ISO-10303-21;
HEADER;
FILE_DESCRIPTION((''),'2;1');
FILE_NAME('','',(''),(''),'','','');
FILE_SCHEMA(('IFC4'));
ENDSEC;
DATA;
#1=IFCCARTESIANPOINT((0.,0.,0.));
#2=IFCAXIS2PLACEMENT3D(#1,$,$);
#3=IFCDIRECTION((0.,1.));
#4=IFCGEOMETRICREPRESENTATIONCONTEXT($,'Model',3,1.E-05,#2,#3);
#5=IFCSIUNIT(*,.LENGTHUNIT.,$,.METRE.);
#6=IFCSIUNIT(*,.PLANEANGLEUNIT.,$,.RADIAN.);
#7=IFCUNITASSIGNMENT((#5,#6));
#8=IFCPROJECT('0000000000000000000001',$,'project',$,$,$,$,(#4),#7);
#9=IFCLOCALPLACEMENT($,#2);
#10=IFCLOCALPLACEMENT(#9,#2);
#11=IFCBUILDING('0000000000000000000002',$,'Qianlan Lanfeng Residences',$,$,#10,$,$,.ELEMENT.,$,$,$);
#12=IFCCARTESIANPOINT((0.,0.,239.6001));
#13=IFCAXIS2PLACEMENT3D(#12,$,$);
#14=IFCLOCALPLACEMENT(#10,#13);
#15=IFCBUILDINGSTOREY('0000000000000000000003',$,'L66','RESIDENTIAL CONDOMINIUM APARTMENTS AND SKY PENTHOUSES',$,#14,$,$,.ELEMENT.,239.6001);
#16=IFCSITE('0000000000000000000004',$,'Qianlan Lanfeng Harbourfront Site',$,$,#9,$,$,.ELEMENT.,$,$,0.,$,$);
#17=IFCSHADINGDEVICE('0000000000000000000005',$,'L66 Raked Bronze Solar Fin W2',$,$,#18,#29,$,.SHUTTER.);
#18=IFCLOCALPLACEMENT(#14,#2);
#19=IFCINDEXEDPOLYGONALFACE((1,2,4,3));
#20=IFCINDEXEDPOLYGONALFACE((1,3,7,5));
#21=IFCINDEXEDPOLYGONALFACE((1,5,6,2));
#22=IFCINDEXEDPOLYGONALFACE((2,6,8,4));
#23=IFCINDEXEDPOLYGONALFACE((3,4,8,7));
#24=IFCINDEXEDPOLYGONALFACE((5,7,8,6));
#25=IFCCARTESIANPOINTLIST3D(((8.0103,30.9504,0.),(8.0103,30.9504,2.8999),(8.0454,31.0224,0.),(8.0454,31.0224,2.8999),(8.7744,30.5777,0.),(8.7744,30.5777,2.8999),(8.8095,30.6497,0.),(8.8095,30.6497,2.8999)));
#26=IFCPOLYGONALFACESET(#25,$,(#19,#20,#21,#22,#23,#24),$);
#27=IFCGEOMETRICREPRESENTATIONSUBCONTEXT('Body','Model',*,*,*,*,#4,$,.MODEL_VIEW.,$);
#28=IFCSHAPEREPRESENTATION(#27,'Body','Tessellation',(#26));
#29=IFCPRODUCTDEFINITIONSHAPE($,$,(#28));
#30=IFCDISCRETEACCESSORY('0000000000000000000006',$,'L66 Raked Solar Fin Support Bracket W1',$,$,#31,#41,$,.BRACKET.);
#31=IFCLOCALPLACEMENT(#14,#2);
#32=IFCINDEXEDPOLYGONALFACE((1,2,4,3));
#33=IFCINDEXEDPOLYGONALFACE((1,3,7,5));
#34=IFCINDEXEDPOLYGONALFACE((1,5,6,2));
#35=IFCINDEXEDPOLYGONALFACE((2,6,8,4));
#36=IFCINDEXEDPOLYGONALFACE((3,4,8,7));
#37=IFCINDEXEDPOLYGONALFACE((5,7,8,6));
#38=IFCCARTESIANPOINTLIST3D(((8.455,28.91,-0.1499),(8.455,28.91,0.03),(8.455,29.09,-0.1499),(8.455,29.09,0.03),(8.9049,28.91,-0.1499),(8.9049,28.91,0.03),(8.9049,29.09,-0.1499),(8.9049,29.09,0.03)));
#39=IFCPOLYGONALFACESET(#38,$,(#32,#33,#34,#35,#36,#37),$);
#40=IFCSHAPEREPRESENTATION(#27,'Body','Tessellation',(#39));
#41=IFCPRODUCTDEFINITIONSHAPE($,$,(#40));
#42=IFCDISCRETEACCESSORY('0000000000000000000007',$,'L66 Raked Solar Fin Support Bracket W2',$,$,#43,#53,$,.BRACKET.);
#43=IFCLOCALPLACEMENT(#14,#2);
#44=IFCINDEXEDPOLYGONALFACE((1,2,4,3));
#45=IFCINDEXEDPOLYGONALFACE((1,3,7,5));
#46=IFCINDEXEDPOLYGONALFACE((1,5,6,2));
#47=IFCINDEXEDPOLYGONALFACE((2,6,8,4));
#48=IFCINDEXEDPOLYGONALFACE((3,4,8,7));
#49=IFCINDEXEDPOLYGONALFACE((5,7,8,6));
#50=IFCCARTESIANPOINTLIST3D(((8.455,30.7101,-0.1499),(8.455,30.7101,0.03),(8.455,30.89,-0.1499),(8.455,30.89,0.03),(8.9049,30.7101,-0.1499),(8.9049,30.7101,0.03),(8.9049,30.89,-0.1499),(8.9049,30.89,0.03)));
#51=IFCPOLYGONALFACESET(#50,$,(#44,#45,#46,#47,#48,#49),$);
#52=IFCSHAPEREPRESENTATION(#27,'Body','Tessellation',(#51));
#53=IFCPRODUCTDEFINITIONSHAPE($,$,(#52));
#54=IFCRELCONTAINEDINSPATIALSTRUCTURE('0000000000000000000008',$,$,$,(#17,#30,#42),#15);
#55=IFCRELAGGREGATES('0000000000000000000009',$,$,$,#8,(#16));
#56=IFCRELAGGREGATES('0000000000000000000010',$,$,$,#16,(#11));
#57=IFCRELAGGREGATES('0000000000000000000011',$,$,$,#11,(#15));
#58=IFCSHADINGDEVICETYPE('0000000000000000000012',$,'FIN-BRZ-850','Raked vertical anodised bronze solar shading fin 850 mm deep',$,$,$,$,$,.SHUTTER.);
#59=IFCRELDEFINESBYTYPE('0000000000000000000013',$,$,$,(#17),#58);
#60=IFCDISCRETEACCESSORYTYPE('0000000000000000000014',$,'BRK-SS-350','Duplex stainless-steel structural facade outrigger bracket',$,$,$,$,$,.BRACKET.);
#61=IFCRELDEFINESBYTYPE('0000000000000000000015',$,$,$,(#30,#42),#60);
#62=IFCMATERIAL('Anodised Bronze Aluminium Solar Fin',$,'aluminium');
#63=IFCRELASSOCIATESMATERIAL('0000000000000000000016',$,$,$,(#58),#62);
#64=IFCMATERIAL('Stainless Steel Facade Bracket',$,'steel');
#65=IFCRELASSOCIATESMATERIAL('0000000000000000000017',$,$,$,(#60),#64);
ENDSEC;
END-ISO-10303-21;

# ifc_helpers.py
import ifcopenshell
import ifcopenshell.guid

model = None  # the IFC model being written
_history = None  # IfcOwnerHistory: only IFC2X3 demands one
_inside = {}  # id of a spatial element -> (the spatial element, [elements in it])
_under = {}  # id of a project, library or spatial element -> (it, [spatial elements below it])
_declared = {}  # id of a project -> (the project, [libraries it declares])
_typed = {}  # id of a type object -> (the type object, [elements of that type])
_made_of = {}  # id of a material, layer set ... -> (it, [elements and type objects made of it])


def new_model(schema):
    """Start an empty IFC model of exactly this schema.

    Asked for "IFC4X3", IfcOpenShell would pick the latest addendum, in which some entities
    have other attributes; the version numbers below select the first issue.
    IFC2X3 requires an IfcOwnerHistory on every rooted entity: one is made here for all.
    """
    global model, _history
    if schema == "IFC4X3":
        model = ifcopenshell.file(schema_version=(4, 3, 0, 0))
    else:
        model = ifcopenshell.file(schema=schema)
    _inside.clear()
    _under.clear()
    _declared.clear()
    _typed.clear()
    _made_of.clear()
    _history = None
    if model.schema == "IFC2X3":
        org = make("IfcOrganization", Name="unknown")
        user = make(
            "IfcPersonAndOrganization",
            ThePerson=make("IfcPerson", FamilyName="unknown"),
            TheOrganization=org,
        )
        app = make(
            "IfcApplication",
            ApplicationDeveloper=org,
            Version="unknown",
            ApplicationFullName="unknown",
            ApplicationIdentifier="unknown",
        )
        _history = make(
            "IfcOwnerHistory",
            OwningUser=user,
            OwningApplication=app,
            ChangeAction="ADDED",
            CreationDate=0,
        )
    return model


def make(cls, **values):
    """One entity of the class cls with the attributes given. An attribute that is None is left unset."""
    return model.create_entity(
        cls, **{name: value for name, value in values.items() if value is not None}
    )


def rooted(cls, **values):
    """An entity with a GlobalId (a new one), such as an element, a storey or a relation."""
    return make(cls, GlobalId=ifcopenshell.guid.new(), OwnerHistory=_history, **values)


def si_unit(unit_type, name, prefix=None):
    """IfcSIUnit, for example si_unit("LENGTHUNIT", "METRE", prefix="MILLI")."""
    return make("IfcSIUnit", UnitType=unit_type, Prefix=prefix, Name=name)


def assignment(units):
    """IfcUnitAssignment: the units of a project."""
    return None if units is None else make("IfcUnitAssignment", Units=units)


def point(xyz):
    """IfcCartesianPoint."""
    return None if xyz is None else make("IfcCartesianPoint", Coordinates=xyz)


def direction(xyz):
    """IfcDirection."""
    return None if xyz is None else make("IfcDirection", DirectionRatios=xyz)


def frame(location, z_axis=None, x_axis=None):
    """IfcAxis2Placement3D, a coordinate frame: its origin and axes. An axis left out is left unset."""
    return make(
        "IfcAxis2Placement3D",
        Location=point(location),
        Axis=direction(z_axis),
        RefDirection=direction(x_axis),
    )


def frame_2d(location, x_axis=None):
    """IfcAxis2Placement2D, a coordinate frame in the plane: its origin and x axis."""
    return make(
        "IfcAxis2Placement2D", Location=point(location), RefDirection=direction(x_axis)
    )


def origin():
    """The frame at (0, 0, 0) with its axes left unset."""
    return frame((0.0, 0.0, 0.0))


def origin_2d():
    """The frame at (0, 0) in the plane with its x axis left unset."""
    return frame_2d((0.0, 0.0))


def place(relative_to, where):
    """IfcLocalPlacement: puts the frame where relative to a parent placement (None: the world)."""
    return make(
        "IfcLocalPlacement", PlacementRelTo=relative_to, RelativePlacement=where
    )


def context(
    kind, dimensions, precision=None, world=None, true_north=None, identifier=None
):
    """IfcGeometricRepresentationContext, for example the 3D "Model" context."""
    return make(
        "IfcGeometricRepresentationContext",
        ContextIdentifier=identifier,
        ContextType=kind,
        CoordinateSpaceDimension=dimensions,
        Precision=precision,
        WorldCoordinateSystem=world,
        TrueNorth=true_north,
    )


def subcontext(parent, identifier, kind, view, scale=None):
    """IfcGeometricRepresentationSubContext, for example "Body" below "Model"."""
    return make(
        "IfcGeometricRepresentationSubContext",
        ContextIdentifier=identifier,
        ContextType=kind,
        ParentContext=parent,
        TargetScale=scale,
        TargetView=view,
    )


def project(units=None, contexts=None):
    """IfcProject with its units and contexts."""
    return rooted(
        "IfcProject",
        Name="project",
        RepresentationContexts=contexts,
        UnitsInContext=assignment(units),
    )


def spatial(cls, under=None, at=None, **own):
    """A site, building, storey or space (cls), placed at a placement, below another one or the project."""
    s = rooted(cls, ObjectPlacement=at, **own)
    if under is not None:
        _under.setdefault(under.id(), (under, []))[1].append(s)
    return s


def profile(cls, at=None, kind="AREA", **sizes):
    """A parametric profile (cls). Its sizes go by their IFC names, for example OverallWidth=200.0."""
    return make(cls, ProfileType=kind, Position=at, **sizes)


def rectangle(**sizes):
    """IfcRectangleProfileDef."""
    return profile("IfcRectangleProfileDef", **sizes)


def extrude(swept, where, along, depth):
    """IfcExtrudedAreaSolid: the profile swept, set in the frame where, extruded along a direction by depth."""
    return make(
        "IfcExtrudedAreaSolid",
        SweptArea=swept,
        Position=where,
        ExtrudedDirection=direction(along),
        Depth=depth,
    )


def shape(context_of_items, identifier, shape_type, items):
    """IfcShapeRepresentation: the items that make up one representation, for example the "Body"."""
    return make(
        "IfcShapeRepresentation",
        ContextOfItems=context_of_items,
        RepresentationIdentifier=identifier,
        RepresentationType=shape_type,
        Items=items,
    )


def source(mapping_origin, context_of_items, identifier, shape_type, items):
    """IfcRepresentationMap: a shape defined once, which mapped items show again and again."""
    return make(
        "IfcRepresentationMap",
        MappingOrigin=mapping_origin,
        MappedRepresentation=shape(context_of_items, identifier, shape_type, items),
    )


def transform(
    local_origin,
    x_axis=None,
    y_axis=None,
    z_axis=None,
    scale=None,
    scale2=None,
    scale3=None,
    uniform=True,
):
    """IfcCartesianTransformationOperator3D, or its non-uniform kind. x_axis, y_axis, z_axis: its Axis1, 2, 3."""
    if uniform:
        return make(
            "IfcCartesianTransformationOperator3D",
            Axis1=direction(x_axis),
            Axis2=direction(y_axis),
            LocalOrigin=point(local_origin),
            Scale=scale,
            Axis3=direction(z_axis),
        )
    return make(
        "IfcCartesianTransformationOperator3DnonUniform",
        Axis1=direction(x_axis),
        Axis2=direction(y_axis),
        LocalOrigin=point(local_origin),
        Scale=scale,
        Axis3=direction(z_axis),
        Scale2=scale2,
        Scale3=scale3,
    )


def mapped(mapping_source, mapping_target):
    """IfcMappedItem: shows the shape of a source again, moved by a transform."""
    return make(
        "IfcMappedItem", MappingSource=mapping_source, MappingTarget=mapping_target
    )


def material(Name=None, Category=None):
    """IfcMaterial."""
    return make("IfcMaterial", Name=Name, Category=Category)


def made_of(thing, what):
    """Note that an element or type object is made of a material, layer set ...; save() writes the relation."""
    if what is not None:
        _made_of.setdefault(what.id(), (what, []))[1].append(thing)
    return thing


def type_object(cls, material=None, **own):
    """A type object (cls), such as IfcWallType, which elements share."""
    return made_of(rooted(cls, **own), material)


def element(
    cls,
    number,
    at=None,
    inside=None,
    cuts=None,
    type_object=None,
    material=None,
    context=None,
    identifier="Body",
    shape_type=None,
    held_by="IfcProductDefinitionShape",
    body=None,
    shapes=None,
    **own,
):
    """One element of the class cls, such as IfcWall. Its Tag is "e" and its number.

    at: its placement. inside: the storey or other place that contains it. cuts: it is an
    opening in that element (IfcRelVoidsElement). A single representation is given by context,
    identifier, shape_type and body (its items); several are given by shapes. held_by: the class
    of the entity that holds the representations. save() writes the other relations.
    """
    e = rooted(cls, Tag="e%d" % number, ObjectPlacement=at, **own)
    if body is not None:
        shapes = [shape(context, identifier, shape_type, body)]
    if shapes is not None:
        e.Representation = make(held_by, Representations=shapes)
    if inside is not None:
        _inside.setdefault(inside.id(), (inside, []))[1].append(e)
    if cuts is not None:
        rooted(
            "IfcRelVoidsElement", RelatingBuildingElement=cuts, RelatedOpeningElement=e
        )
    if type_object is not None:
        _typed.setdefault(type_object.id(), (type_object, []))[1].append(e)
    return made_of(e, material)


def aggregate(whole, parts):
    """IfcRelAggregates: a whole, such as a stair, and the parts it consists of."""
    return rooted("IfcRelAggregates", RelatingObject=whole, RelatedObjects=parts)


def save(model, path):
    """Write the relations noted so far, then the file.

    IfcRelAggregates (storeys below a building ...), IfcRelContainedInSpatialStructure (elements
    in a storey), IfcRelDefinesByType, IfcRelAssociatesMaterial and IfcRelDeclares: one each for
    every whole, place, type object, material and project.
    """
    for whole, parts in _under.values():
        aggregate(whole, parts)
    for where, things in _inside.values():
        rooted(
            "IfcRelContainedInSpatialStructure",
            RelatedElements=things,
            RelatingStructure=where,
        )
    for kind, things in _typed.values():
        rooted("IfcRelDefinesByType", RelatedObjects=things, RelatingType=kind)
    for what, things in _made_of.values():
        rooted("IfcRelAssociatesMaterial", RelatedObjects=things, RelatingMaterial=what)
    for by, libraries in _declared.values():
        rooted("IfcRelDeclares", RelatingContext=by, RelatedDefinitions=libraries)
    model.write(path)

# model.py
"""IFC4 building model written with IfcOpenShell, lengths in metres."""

from ifc_helpers import new_model, si_unit, direction, frame, origin, origin_2d, place, context, subcontext, project, spatial, rectangle, extrude, source, transform, mapped, material, type_object, element, save


model = new_model("IFC4")

# Units and contexts
model_context = context("Model", 3, precision=1e-05, world=origin(), true_north=direction((0.0, 1.0)))
body_context = subcontext(model_context, "Body", "Model", "MODEL_VIEW")
ifc_project = project(units=[si_unit("LENGTHUNIT", "METRE"), si_unit("PLANEANGLEUNIT", "RADIAN")], contexts=[model_context])

# Site, building, storey
site_placement = place(None, origin())
site = spatial("IfcSite", under=ifc_project, at=site_placement, Name="Qianlan Lanfeng Harbourfront Site", CompositionType="ELEMENT", RefElevation=0.0)
building_placement = place(site_placement, origin())
building = spatial("IfcBuilding", under=site, at=building_placement, Name="Qianlan Lanfeng Residences", CompositionType="ELEMENT")
storey_placement = place(building_placement, frame((0.0, 0.0, 239.6001)))
storey = spatial("IfcBuildingStorey", under=building, at=storey_placement, Name="L66", Description="RESIDENTIAL CONDOMINIUM APARTMENTS AND SKY PENTHOUSES", CompositionType="ELEMENT", Elevation=239.6001)

# Shading device
ifc_material_1 = material(Name="Anodised Bronze Aluminium Solar Fin", Category="aluminium")
shading_device_type = type_object("IfcShadingDeviceType", Name="FIN-BRZ-850", Description="Raked vertical anodised bronze solar shading fin 850 mm deep", PredefinedType="SHUTTER", material=ifc_material_1)
shared_shape_1 = source(origin(), body_context, "Body", "SweptSolid", [
    extrude(rectangle(XDim=0.8501, YDim=0.0801, at=origin_2d()), origin(), (0.0, 0.0, 1.0), 2.8999),
])
for number, where, z_axis, x_axis, name in (
    (1, (8.4099, 30.8, 0.0), (0.0, 0.0, 1.0), (0.898794, -0.438371, 0.0), "L66 Raked Bronze Solar Fin W2"),
):
    element("IfcShadingDevice", number, at=place(storey_placement, frame(where, z_axis=z_axis, x_axis=x_axis)), inside=storey, type_object=shading_device_type, Name=name, PredefinedType="SHUTTER", context=body_context, shape_type="MappedRepresentation", body=[
        mapped(shared_shape_1, transform((0.0, 0.0, 0.0), scale=1.0)),
    ])

# Discrete accessories
ifc_material_2 = material(Name="Stainless Steel Facade Bracket", Category="steel")
discrete_accessory_type = type_object("IfcDiscreteAccessoryType", Name="BRK-SS-350", Description="Duplex stainless-steel structural facade outrigger bracket", PredefinedType="BRACKET", material=ifc_material_2)
shared_shape_2 = source(origin(), body_context, "Body", "SweptSolid", [
    extrude(rectangle(XDim=0.45, YDim=0.1799, at=origin_2d()), origin(), (0.0, 0.0, 1.0), 0.1799),
])
for number, where, z_axis, x_axis, name in (
    (2, (8.6799, 29.0, -0.1499), (0.0, 0.0, 1.0), (1.0, 0.0, 0.0), "L66 Raked Solar Fin Support Bracket W1"),
    (3, (8.6799, 30.8, -0.1499), (0.0, 0.0, 1.0), (1.0, 0.0, 0.0), "L66 Raked Solar Fin Support Bracket W2"),
):
    element("IfcDiscreteAccessory", number, at=place(storey_placement, frame(where, z_axis=z_axis, x_axis=x_axis)), inside=storey, type_object=discrete_accessory_type, Name=name, PredefinedType="BRACKET", context=body_context, shape_type="MappedRepresentation", body=[
        mapped(shared_shape_2, transform((0.0, 0.0, 0.0), scale=1.0)),
    ])

save(model, "model.ifc")
